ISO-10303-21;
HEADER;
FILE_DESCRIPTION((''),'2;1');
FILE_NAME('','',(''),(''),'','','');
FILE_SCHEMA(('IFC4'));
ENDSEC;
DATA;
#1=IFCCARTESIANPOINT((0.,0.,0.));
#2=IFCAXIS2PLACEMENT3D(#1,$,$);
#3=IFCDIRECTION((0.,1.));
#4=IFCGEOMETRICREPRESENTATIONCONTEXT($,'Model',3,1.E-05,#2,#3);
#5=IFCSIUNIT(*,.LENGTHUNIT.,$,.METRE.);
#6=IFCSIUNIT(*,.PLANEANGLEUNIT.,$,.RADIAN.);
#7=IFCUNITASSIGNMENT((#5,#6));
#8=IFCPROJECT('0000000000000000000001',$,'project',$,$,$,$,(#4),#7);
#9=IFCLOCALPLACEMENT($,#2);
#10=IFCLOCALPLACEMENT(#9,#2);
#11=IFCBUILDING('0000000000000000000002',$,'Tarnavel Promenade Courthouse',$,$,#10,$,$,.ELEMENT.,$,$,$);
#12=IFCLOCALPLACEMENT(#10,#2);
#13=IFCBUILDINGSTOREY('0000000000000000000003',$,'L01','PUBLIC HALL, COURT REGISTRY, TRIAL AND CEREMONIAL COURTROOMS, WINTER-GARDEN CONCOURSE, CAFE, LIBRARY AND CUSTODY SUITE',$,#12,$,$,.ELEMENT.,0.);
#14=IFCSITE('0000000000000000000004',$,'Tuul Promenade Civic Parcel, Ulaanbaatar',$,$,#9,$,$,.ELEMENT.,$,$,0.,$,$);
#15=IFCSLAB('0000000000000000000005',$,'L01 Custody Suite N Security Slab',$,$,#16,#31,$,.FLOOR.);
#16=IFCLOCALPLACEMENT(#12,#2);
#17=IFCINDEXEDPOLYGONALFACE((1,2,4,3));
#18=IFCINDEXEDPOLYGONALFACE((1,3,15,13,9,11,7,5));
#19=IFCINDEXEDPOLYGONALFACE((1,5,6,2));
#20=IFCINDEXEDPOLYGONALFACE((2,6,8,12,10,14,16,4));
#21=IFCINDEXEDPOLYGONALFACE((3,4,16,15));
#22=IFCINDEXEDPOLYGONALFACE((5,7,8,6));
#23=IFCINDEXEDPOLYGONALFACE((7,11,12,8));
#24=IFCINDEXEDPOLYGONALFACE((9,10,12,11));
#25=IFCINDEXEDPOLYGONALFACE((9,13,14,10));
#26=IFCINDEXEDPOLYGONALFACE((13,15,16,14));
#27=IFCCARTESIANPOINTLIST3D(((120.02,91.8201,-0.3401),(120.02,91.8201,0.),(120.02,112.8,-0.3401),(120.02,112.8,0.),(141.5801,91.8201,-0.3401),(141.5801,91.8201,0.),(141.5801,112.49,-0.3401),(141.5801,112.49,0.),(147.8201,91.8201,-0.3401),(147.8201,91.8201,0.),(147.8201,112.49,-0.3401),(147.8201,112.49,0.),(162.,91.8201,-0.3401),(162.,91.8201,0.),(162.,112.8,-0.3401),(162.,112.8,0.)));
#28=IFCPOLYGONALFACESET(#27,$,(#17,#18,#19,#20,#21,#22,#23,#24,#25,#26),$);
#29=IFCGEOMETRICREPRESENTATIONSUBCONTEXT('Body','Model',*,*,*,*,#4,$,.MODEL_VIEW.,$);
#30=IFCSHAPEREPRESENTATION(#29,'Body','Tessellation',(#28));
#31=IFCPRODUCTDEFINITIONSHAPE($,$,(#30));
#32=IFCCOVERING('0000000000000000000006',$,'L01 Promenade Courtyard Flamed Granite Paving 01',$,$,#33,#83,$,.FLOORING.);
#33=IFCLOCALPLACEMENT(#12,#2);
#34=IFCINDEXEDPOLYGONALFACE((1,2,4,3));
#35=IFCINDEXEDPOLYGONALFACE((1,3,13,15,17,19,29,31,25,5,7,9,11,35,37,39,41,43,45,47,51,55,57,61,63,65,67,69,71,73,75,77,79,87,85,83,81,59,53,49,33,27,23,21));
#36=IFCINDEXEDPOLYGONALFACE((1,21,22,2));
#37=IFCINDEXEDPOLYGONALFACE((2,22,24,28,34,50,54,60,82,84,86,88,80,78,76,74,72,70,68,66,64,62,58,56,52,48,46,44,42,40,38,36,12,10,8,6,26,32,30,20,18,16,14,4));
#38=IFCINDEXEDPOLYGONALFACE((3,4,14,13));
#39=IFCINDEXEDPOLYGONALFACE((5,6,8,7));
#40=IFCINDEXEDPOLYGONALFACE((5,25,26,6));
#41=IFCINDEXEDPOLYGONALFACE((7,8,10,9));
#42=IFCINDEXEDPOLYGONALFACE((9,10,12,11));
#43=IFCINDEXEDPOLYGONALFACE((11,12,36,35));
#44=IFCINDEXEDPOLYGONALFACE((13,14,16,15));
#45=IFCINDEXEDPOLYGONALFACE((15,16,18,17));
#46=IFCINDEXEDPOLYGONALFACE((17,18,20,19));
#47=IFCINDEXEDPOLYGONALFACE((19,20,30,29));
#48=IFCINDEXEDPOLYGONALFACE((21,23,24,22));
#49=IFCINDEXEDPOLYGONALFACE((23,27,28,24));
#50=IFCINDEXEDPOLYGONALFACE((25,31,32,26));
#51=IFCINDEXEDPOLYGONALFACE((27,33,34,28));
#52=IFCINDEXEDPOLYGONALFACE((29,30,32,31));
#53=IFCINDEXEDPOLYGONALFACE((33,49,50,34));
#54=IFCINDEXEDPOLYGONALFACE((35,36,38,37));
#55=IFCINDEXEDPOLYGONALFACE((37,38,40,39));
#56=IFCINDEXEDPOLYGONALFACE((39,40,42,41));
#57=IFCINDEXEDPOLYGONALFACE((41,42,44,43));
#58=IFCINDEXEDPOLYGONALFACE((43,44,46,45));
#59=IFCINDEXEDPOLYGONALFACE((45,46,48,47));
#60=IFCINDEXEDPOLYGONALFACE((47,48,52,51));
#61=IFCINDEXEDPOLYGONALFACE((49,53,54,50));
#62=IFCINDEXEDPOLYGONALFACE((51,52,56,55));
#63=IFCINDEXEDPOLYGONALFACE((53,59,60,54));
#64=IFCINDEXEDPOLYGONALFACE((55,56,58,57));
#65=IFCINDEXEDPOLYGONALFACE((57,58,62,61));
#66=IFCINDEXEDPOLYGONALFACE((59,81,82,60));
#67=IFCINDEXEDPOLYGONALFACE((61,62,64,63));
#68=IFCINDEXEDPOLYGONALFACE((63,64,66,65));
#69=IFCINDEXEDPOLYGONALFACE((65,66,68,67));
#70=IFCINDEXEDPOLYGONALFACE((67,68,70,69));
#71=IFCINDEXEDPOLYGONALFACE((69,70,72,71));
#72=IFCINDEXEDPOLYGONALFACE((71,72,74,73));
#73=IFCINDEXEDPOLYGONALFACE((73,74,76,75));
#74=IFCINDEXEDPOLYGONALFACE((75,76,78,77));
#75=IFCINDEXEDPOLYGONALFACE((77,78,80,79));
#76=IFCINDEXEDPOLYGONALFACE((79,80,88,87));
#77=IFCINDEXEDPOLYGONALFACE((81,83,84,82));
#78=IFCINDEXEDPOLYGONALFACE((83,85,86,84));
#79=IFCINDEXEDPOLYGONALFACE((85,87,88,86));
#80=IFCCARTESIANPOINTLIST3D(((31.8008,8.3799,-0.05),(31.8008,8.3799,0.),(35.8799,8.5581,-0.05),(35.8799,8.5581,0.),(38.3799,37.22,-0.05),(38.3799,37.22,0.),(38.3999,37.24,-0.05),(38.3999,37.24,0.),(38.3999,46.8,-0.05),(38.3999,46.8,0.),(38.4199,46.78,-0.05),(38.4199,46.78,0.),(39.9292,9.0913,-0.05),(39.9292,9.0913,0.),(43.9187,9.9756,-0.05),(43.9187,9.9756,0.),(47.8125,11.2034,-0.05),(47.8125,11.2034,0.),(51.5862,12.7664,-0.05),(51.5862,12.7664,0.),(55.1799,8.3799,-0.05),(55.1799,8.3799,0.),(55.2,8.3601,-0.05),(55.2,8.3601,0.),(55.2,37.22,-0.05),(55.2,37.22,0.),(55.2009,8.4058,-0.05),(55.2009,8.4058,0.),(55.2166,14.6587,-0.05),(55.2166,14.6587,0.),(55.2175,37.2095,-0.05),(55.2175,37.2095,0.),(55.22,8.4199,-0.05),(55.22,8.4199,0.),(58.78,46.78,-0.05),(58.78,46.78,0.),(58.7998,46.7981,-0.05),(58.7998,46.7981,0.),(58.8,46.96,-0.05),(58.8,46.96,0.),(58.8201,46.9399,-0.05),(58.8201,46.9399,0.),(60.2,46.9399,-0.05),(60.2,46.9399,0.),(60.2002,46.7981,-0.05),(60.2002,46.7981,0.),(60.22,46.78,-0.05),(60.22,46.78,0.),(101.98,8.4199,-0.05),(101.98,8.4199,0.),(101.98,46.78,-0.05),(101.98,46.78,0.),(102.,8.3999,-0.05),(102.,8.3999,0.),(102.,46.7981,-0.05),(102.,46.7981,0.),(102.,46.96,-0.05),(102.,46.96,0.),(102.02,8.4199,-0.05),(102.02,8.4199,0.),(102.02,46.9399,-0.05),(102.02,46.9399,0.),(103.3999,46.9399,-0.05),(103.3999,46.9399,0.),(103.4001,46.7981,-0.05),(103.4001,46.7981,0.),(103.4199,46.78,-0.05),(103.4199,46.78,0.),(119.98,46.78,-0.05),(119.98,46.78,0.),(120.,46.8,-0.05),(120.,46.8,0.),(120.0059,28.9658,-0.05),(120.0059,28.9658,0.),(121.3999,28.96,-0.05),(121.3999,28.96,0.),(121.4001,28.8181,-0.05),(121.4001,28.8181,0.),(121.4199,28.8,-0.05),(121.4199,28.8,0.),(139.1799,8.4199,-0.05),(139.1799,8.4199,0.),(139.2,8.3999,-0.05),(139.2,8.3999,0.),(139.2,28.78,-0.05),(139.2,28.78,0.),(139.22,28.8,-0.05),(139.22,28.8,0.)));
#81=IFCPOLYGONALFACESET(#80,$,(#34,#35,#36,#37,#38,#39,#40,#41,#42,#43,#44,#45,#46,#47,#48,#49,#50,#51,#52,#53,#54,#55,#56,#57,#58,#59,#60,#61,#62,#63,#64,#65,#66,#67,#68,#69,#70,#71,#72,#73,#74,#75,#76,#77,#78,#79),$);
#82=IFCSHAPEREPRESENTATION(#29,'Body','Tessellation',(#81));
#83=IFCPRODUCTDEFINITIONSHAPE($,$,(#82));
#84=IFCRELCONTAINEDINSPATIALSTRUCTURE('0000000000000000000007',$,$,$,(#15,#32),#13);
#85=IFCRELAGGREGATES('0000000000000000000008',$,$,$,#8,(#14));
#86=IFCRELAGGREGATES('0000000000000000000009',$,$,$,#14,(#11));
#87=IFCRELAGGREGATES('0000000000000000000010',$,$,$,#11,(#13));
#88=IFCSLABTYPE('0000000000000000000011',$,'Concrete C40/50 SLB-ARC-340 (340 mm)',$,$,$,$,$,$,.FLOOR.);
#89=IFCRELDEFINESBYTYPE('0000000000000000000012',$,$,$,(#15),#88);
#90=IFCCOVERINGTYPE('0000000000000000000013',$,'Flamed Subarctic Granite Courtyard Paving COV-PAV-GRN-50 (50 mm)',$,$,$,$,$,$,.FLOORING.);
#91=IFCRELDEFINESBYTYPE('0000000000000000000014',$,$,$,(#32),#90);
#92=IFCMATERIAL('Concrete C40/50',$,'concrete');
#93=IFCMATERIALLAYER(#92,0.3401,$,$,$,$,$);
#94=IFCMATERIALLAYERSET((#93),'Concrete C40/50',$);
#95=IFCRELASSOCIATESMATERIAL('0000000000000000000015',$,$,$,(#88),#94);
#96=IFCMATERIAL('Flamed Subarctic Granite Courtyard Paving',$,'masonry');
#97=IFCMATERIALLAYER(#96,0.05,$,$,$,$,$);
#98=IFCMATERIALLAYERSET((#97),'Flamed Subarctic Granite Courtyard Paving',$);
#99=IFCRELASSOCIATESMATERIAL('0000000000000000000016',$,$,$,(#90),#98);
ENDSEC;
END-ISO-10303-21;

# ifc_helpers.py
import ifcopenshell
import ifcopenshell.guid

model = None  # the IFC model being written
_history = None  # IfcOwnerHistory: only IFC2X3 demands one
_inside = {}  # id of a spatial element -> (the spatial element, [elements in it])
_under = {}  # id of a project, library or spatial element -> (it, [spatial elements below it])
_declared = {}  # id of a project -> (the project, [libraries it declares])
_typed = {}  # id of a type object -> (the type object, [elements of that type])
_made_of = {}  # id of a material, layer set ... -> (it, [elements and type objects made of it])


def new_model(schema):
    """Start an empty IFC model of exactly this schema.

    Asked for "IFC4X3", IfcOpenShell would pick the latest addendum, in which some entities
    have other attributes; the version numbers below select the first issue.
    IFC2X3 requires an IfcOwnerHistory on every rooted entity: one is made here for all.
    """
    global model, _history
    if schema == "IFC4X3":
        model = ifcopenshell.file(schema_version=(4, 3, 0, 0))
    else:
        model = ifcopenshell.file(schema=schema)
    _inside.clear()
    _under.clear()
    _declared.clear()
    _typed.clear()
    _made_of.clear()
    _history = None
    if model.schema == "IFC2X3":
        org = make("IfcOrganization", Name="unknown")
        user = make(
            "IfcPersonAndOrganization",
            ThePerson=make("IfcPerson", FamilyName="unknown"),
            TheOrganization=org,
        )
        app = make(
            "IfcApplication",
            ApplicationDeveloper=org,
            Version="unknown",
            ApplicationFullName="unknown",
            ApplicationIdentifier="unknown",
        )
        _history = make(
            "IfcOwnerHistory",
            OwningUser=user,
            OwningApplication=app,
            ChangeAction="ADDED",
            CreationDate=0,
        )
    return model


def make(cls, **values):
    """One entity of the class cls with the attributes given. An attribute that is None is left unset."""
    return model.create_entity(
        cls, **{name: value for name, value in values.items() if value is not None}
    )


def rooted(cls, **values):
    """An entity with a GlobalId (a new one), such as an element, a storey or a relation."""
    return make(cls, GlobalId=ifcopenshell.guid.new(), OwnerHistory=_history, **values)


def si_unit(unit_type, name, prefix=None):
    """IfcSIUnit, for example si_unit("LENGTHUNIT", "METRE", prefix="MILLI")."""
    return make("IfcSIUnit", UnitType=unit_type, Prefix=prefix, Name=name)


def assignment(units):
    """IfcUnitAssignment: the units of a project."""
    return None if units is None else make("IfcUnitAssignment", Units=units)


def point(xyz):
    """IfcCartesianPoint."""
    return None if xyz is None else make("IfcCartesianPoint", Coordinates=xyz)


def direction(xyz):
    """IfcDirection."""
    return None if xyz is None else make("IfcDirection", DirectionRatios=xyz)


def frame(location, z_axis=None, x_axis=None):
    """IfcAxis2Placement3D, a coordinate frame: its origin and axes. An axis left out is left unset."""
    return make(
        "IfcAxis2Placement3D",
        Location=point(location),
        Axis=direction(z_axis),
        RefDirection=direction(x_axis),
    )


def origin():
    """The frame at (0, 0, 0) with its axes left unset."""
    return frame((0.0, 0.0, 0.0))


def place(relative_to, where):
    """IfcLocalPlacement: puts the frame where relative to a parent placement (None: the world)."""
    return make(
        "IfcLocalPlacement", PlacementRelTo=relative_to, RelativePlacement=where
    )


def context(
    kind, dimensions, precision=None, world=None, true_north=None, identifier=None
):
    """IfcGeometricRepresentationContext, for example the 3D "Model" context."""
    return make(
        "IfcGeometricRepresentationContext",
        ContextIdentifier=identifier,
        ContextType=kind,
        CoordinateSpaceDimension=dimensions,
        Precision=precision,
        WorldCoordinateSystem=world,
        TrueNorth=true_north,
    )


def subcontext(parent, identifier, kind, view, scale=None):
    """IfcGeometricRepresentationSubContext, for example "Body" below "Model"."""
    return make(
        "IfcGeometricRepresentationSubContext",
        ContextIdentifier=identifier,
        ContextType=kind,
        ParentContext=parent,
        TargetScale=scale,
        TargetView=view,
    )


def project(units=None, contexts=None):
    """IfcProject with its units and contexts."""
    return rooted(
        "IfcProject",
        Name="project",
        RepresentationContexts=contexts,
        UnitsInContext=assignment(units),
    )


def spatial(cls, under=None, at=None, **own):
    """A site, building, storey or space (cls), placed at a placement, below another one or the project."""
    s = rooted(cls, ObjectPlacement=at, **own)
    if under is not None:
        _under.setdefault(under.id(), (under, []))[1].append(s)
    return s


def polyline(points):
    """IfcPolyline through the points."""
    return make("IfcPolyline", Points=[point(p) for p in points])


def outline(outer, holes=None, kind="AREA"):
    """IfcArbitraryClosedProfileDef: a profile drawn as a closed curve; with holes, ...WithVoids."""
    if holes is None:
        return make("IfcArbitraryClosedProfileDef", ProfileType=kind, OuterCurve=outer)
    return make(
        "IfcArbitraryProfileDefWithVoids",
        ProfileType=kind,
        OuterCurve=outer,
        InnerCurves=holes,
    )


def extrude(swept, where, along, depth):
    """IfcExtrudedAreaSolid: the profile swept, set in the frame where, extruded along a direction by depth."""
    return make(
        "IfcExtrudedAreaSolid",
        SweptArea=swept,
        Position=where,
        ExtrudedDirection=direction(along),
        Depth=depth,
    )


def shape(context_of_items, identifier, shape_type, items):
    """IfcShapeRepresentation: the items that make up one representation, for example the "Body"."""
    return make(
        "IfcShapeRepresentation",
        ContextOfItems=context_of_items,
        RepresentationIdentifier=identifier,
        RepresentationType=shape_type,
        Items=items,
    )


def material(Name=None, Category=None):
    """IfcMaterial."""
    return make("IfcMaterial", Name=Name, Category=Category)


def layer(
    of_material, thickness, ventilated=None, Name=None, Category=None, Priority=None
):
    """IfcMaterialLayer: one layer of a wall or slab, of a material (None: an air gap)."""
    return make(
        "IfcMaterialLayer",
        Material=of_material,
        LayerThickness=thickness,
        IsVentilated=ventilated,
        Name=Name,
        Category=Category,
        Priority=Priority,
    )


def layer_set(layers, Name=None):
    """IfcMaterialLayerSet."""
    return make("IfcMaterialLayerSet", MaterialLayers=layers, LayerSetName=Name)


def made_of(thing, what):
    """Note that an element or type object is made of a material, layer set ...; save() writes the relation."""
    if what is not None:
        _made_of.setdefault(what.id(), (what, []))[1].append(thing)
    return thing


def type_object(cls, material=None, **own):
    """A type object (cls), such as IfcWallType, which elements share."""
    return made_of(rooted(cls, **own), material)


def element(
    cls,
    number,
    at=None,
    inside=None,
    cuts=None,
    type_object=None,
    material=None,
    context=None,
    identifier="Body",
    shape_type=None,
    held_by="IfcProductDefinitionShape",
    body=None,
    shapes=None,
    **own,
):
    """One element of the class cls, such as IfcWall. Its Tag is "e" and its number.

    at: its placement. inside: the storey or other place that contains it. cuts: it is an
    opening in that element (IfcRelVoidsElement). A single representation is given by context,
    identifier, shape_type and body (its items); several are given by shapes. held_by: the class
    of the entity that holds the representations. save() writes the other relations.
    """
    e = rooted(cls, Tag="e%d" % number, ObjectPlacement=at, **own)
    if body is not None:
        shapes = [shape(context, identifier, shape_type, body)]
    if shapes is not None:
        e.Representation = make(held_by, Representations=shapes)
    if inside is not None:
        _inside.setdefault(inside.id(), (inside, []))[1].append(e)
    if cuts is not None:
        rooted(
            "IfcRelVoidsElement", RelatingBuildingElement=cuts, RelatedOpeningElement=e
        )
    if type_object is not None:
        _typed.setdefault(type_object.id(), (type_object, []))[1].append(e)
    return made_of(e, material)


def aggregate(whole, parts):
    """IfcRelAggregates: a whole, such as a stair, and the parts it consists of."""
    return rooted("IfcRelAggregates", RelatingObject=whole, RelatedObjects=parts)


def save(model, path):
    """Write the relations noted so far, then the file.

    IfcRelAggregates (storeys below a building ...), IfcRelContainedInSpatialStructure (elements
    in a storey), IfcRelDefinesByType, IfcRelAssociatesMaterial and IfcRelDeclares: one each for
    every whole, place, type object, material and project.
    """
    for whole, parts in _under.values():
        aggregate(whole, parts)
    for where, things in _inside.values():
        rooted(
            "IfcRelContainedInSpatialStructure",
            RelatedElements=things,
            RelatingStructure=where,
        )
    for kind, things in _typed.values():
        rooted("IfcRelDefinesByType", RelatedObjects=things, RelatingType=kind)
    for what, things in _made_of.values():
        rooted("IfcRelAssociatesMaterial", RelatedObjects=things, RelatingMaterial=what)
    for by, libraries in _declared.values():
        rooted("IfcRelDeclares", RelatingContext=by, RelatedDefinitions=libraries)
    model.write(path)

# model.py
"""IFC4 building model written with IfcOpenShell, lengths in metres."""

from ifc_helpers import new_model, si_unit, direction, frame, origin, place, context, subcontext, project, spatial, polyline, outline, extrude, material, layer, layer_set, type_object, element, save


model = new_model("IFC4")

# Units and contexts
model_context = context("Model", 3, precision=1e-05, world=origin(), true_north=direction((0.0, 1.0)))
body_context = subcontext(model_context, "Body", "Model", "MODEL_VIEW")
ifc_project = project(units=[si_unit("LENGTHUNIT", "METRE"), si_unit("PLANEANGLEUNIT", "RADIAN")], contexts=[model_context])

# Site, building, storey
site_placement = place(None, origin())
site = spatial("IfcSite", under=ifc_project, at=site_placement, Name="Tuul Promenade Civic Parcel, Ulaanbaatar", CompositionType="ELEMENT", RefElevation=0.0)
building_placement = place(site_placement, origin())
building = spatial("IfcBuilding", under=site, at=building_placement, Name="Tarnavel Promenade Courthouse", CompositionType="ELEMENT")
storey_placement = place(building_placement, origin())
storey = spatial("IfcBuildingStorey", under=building, at=storey_placement, Name="L01", Description="PUBLIC HALL, COURT REGISTRY, TRIAL AND CEREMONIAL COURTROOMS, WINTER-GARDEN CONCOURSE, CAFE, LIBRARY AND CUSTODY SUITE", CompositionType="ELEMENT", Elevation=0.0)

# Shared definitions
ifc_material_1 = material(Name="Concrete C40/50", Category="concrete")

# Slab
ifc_layer_1 = layer(ifc_material_1, 0.3401)
ifc_layer_set_1 = layer_set([ifc_layer_1], Name="Concrete C40/50")
slab_type_1 = type_object("IfcSlabType", Name="Concrete C40/50 SLB-ARC-340 (340 mm)", PredefinedType="FLOOR", material=ifc_layer_set_1)
slab_1_placement = place(storey_placement, frame((0.0, 0.0, -0.3401)))
element("IfcSlab", 1, at=slab_1_placement, inside=storey, type_object=slab_type_1, Name="L01 Custody Suite N Security Slab", PredefinedType="FLOOR", context=body_context, shape_type="SweptSolid", body=[
    extrude(outline(polyline([(120.02, 91.8201), (141.5801, 91.8201), (141.5801, 112.49), (147.8201, 112.49), (147.8201, 91.8201), (162.0, 91.8201), (162.0, 112.8), (120.02, 112.8), (120.02, 91.8201)])), origin(), (0.0, 0.0, 1.0), 0.3401),
])

# Covering
ifc_material_2 = material(Name="Flamed Subarctic Granite Courtyard Paving", Category="masonry")
ifc_layer_2 = layer(ifc_material_2, 0.05)
ifc_layer_set_2 = layer_set([ifc_layer_2], Name="Flamed Subarctic Granite Courtyard Paving")
covering_type = type_object("IfcCoveringType", Name="Flamed Subarctic Granite Courtyard Paving COV-PAV-GRN-50 (50 mm)", PredefinedType="FLOORING", material=ifc_layer_set_2)
covering_placement = place(storey_placement, frame((0.0, 0.0, -0.05)))
element("IfcCovering", 2, at=covering_placement, inside=storey, type_object=covering_type, Name="L01 Promenade Courtyard Flamed Granite Paving 01", PredefinedType="FLOORING", context=body_context, shape_type="SweptSolid", body=[
    extrude(outline(polyline([(9.6201, 0.25), (9.6201, 14.0125), (12.0139, 12.7664), (15.7859, 11.2039), (19.6829, 9.9751), (23.6707, 9.0913), (27.7185, 8.5583), (31.8008, 8.3799), (35.8799, 8.5581), (39.9292, 9.0913), (43.9187, 9.9756), (47.8125, 11.2034), (51.5862, 12.7664), (55.2166, 14.6587), (55.2175, 37.2095), (55.2, 37.22), (38.3799, 37.22), (38.3999, 37.24), (38.3999, 46.8), (38.4199, 46.78), (58.78, 46.78), (58.7998, 46.7981), (58.8, 46.96), (58.8201, 46.9399), (60.2, 46.9399), (60.2002, 46.7981), (60.22, 46.78), (101.98, 46.78), (102.0, 46.7981), (102.0, 46.96), (102.02, 46.9399), (103.3999, 46.9399), (103.4001, 46.7981), (103.4199, 46.78), (119.98, 46.78), (120.0, 46.8), (120.0059, 28.9658), (121.3999, 28.96), (121.4001, 28.8181), (121.4199, 28.8), (139.22, 28.8), (139.2, 28.78), (139.2, 8.3999), (139.1799, 8.4199), (102.02, 8.4199), (102.0, 8.3999), (101.98, 8.4199), (55.22, 8.4199), (55.2009, 8.4058), (55.2, 8.3601), (55.1799, 8.3799), (17.998, 8.3799), (17.98, 8.3601), (17.98, 0.25), (9.6201, 0.25)])), origin(), (0.0, 0.0, 1.0), 0.05),
])

save(model, "model.ifc")
